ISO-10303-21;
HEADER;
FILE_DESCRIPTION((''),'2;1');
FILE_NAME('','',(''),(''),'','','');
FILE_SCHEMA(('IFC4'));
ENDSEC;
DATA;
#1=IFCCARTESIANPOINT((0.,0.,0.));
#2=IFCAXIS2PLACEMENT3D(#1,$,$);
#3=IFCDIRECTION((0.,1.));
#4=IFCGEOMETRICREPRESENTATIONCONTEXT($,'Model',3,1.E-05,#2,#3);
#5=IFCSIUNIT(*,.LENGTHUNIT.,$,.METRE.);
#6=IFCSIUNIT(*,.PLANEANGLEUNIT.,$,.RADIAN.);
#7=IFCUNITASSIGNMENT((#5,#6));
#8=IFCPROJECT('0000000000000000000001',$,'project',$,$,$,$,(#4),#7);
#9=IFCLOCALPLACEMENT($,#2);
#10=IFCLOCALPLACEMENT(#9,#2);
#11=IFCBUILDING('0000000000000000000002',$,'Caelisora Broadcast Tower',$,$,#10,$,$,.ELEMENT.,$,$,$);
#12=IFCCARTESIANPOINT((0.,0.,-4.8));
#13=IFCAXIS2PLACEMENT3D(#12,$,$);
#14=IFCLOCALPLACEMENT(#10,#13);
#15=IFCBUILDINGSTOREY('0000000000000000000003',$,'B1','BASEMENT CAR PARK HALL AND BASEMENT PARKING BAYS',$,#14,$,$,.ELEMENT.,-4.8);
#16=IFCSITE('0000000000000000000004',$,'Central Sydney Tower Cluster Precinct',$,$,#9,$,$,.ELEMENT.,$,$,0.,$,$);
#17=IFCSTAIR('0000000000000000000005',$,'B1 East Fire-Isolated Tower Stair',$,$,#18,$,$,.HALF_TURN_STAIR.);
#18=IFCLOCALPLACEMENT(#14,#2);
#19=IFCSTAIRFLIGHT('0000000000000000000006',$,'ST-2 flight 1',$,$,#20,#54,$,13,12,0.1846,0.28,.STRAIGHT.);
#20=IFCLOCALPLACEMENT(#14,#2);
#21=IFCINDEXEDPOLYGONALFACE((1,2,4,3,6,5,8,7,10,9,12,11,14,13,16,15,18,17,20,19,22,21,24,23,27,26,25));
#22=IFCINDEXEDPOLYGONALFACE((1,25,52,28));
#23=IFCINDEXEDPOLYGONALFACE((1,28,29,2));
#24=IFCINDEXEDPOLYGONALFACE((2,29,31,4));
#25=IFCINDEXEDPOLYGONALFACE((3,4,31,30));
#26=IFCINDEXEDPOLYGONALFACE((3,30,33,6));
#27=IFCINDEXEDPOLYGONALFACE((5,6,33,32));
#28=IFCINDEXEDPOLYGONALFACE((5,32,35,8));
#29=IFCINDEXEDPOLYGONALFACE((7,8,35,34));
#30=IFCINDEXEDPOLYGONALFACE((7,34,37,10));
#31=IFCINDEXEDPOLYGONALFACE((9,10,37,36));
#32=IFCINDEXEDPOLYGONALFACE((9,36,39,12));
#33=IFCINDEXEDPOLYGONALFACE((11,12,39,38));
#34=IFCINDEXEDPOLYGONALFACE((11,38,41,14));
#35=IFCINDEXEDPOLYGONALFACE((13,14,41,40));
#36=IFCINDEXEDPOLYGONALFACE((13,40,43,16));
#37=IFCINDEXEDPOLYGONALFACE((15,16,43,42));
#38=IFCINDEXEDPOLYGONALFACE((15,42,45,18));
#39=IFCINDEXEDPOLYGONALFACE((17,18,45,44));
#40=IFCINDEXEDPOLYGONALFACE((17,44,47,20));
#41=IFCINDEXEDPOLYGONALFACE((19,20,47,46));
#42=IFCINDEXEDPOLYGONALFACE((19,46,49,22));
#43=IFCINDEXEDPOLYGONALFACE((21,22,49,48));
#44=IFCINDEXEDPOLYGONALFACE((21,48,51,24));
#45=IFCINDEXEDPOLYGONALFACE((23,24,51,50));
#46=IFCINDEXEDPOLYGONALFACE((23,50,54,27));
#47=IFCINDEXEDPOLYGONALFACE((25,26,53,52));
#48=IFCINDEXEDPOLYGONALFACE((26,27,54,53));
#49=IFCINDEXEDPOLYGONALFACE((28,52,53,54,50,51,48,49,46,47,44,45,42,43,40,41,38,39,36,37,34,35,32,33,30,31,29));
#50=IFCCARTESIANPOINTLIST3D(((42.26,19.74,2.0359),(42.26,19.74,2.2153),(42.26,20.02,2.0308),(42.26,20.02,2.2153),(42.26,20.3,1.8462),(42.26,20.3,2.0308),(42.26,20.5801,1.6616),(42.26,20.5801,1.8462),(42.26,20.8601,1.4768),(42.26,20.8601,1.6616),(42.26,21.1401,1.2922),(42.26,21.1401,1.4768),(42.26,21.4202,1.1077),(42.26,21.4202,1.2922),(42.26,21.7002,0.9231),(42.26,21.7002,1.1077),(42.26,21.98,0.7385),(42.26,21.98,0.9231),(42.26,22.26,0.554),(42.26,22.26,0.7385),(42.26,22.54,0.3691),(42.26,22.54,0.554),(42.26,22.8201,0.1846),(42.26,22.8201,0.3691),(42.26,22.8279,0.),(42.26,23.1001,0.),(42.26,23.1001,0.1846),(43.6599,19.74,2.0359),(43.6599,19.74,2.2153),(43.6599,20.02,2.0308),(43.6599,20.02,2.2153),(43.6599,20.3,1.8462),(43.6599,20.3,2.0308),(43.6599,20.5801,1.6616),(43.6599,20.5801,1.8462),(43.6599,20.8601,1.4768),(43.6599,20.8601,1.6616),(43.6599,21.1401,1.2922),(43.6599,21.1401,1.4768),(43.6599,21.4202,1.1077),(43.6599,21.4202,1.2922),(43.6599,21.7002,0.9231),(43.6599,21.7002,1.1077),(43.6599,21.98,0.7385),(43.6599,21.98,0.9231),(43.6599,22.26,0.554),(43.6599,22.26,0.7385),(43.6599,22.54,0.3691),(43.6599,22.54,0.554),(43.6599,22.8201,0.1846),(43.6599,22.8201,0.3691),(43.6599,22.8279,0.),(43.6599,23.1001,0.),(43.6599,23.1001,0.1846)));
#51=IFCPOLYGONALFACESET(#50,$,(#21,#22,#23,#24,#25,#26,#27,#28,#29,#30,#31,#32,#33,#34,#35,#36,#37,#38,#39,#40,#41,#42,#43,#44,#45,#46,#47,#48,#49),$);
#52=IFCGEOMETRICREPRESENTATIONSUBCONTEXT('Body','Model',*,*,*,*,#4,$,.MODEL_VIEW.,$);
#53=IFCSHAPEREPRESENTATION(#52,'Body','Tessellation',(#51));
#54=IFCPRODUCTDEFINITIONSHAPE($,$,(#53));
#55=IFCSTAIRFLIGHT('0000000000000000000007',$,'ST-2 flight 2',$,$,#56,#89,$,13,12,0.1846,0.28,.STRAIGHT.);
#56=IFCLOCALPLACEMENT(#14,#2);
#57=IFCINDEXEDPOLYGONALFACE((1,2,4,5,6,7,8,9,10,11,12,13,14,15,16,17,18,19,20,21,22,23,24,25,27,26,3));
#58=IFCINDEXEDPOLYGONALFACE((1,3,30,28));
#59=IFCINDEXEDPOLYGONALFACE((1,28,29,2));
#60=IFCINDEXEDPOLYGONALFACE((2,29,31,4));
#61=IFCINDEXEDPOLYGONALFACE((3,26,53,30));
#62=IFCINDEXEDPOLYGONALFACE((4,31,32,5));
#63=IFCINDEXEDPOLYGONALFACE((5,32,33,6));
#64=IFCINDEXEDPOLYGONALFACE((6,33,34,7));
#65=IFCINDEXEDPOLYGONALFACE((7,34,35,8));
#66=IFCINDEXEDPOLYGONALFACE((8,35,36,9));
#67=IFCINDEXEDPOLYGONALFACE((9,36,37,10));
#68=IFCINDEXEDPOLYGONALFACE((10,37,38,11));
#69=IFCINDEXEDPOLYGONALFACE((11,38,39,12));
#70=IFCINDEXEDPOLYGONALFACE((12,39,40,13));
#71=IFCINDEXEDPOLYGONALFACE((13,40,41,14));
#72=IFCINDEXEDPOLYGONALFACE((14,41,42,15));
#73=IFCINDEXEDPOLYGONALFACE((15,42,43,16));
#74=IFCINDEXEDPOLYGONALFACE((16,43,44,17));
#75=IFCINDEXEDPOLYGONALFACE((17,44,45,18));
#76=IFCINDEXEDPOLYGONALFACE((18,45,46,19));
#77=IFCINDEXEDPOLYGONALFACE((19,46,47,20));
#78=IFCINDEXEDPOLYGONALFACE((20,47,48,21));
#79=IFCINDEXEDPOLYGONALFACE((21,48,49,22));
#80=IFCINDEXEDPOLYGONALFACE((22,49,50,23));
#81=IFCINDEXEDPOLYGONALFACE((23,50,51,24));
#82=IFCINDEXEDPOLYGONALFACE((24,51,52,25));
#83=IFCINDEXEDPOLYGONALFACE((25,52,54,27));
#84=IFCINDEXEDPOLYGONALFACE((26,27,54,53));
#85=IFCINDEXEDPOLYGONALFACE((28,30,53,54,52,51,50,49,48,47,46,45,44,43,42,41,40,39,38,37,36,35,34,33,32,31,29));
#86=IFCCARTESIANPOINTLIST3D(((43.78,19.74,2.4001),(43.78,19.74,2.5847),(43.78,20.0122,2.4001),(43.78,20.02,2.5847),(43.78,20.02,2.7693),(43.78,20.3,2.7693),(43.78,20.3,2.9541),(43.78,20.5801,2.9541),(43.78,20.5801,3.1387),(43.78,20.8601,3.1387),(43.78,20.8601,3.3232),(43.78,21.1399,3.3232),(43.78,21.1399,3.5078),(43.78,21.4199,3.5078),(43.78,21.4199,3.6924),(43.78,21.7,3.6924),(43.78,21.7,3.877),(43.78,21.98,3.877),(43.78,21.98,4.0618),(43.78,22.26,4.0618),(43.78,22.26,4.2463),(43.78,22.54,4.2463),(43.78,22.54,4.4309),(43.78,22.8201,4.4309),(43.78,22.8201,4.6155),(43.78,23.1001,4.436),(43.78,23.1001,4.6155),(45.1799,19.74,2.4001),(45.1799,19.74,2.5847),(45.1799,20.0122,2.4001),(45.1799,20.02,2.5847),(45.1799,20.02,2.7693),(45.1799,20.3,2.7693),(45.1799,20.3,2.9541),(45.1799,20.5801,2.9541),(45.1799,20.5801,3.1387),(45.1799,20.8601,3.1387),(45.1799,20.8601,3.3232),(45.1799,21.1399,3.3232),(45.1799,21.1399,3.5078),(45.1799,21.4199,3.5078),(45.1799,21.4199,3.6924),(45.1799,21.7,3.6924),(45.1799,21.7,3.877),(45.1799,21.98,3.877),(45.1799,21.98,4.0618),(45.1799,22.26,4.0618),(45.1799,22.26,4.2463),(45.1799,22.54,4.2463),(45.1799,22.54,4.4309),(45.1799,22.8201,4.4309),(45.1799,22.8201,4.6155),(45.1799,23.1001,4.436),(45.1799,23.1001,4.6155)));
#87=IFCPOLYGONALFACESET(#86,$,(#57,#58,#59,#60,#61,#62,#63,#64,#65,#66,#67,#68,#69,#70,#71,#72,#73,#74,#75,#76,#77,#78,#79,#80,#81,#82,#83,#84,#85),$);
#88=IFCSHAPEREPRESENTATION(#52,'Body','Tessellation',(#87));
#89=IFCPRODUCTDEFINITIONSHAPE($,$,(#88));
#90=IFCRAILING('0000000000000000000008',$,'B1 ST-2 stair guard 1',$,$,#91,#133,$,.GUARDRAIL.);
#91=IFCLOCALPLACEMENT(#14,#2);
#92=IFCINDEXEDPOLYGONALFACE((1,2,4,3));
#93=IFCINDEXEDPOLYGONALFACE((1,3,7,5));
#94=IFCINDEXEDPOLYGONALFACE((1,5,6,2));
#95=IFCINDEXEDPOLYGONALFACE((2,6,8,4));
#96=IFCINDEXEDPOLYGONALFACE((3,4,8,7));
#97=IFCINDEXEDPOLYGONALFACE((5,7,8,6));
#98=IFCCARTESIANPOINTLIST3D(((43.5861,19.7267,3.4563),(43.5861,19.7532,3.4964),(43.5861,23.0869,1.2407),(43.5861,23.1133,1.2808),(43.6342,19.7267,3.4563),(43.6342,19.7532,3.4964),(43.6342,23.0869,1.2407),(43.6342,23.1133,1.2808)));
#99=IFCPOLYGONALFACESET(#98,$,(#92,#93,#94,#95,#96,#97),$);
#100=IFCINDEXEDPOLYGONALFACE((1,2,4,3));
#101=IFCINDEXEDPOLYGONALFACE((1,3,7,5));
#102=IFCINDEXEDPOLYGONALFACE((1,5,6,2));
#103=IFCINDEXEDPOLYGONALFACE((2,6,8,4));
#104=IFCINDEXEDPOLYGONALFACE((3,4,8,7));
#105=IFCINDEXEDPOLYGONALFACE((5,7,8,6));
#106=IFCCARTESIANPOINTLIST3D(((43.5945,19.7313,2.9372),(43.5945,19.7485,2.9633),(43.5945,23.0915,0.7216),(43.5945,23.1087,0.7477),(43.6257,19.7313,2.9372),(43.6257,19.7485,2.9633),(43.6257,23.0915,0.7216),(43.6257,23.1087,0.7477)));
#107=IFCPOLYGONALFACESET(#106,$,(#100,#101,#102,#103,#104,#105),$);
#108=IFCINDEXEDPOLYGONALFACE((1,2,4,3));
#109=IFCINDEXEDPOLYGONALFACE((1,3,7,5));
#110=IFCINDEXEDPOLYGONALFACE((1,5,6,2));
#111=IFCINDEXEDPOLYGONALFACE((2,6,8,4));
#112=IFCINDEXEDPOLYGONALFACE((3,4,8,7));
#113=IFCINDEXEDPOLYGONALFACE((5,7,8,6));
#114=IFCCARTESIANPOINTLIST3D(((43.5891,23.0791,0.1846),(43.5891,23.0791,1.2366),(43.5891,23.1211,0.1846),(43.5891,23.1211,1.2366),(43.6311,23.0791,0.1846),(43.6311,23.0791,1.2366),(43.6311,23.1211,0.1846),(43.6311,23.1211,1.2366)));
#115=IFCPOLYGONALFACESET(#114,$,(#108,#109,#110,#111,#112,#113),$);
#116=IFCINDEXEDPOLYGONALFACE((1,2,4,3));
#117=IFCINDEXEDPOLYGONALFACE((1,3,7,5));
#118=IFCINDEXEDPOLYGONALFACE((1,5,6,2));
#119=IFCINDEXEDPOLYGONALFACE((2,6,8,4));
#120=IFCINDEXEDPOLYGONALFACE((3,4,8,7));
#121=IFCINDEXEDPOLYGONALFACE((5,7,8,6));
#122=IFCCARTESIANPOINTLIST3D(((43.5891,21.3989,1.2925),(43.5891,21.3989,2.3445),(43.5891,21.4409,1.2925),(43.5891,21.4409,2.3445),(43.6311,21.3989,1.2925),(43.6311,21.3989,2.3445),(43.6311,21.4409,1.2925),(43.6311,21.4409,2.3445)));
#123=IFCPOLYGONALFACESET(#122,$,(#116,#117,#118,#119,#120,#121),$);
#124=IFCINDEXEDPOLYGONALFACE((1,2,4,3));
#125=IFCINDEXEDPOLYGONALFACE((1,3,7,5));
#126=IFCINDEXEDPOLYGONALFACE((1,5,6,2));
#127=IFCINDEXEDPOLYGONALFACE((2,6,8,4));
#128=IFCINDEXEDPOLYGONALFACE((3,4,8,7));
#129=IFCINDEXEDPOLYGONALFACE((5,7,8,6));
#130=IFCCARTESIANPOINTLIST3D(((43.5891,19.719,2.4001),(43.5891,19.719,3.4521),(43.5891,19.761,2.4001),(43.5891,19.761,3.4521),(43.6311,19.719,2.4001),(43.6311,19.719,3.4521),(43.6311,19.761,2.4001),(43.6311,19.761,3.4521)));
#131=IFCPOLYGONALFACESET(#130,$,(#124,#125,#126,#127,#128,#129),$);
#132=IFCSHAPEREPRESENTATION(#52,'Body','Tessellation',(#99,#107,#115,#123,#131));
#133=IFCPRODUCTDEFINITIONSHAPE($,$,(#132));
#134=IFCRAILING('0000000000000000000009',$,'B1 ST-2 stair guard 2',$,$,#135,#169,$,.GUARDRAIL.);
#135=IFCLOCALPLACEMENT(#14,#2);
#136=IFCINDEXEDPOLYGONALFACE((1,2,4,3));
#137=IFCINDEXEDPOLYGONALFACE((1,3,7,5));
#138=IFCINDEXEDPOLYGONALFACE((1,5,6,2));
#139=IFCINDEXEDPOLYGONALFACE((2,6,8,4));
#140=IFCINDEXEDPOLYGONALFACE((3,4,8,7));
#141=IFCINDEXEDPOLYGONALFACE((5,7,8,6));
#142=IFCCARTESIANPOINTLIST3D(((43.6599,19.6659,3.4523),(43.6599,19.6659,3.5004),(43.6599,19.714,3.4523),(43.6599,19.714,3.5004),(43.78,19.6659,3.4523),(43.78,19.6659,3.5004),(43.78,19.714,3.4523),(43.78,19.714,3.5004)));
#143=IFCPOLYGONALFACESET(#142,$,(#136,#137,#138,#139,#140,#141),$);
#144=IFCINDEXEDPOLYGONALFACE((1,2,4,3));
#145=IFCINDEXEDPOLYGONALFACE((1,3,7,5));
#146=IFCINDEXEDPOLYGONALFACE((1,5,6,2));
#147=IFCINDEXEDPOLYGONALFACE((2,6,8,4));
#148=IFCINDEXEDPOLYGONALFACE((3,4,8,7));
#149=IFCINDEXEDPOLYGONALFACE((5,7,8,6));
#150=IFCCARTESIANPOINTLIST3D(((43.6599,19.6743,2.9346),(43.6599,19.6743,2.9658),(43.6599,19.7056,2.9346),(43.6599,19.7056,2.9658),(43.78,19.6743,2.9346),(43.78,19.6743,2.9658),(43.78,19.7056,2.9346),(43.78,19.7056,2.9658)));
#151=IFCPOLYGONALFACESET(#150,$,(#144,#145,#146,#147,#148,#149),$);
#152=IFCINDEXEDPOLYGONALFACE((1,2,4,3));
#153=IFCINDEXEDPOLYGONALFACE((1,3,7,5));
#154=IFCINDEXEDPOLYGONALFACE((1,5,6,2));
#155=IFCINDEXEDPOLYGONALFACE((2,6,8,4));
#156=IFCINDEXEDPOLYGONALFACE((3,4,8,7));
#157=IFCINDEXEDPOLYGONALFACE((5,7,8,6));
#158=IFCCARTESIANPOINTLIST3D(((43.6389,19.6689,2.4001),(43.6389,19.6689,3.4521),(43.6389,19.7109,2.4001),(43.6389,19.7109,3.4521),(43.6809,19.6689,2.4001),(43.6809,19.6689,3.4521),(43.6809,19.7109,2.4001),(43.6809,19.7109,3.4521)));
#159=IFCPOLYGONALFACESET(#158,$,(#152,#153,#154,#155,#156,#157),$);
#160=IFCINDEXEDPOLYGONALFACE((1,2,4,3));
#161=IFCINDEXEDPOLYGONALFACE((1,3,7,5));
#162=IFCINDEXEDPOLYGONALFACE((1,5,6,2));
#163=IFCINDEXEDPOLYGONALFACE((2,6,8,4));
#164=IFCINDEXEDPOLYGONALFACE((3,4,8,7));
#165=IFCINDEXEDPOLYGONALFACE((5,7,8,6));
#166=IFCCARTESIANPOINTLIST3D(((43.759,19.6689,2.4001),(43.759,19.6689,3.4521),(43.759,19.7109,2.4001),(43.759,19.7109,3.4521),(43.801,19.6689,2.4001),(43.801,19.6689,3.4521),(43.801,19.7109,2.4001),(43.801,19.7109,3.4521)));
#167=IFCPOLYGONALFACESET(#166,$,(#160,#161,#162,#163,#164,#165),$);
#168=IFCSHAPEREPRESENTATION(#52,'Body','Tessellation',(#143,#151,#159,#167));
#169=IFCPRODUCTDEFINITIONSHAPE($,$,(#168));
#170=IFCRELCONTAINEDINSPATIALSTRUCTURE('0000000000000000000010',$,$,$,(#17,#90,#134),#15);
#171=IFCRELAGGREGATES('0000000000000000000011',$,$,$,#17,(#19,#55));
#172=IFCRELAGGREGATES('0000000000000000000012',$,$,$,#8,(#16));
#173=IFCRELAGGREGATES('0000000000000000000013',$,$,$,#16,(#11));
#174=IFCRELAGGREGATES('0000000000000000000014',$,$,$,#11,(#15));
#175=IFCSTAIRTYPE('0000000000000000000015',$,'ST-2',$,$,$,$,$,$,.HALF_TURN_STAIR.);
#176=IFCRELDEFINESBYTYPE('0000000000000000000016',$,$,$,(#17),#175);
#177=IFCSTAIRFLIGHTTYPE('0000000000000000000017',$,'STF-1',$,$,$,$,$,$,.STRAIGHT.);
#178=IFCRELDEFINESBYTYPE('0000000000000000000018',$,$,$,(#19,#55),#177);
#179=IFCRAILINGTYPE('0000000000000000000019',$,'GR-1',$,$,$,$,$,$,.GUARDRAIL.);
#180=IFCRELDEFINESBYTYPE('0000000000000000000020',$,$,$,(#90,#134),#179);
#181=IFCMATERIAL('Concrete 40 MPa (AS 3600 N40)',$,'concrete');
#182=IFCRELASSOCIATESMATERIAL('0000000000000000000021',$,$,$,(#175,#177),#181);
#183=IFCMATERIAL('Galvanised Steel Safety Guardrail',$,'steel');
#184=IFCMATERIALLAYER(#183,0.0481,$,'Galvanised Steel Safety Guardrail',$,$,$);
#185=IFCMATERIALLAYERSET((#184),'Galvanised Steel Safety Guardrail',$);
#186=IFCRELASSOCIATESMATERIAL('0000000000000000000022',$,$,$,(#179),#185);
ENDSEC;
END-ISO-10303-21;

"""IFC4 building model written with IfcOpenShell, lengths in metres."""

from ifc_helpers import new_model, si_unit, direction, frame, origin, origin_2d, place, context, subcontext, project, spatial, polyline, rectangle, outline, extrude, material, layer, layer_set, type_object, element, aggregate, save


model = new_model("IFC4")

# Units and contexts
model_context = context("Model", 3, precision=1e-05, world=origin(), true_north=direction((0.0, 1.0)))
body_context = subcontext(model_context, "Body", "Model", "MODEL_VIEW")
ifc_project = project(units=[si_unit("LENGTHUNIT", "METRE"), si_unit("PLANEANGLEUNIT", "RADIAN")], contexts=[model_context])

# Site, building, storey
site_placement = place(None, origin())
site = spatial("IfcSite", under=ifc_project, at=site_placement, Name="Central Sydney Tower Cluster Precinct", CompositionType="ELEMENT", RefElevation=0.0)
building_placement = place(site_placement, origin())
building = spatial("IfcBuilding", under=site, at=building_placement, Name="Caelisora Broadcast Tower", CompositionType="ELEMENT")
storey_placement = place(building_placement, frame((0.0, 0.0, -4.8)))
storey = spatial("IfcBuildingStorey", under=building, at=storey_placement, Name="B1", Description="BASEMENT CAR PARK HALL AND BASEMENT PARKING BAYS", CompositionType="ELEMENT", Elevation=-4.8)

# Stair, stair flights
ifc_material_1 = material(Name="Concrete 40 MPa (AS 3600 N40)", Category="concrete")
stair_type = type_object("IfcStairType", Name="ST-2", PredefinedType="HALF_TURN_STAIR", material=ifc_material_1)
stair_placement = place(storey_placement, origin())
stair = element("IfcStair", 1, at=stair_placement, inside=storey, type_object=stair_type, Name="B1 East Fire-Isolated Tower Stair", PredefinedType="HALF_TURN_STAIR")
stair_flight_type = type_object("IfcStairFlightType", Name="STF-1", PredefinedType="STRAIGHT", material=ifc_material_1)
stair_flight_1_placement = place(storey_placement, frame((42.96, 23.1001, 0.0), z_axis=(0.0, 0.0, 1.0), x_axis=(0.0, -1.0, 0.0)))
stair_flight_1 = element("IfcStairFlight", 2, at=stair_flight_1_placement, type_object=stair_flight_type, Name="ST-2 flight 1", NumberOfRisers=13, NumberOfTreads=12, PredefinedType="STRAIGHT", RiserHeight=0.1846, TreadLength=0.28, context=body_context, shape_type="SweptSolid", body=[
    extrude(outline(polyline([(0.0, 0.0), (0.0, 0.1846), (0.28, 0.1846), (0.28, 0.3691), (0.5601, 0.3691), (0.5601, 0.554), (0.8401, 0.554), (0.8401, 0.7385), (1.1201, 0.7385), (1.1201, 0.9231), (1.3999, 0.9231), (1.3999, 1.1077), (1.6799, 1.1077), (1.6799, 1.2922), (1.96, 1.2922), (1.96, 1.4768), (2.24, 1.4768), (2.24, 1.6616), (2.52, 1.6616), (2.52, 1.8462), (2.8, 1.8462), (2.8, 2.0308), (3.0801, 2.0308), (3.0801, 2.2153), (3.3601, 2.2153), (3.3601, 2.3999), (3.3601, 2.0359), (0.2722, 0.0), (0.0, 0.0)])), frame((0.0, 0.7, 0.0), z_axis=(0.0, -1.0, 0.0), x_axis=(1.0, 0.0, 0.0)), (0.0, 0.0, 1.0), 1.3999),
])
stair_flight_2_placement = place(storey_placement, frame((44.48, 19.74, 2.4001), z_axis=(0.0, 0.0, 1.0), x_axis=(0.0, 1.0, 0.0)))
stair_flight_2 = element("IfcStairFlight", 3, at=stair_flight_2_placement, type_object=stair_flight_type, Name="ST-2 flight 2", NumberOfRisers=13, NumberOfTreads=12, PredefinedType="STRAIGHT", RiserHeight=0.1846, TreadLength=0.28, context=body_context, shape_type="SweptSolid", body=[
    extrude(outline(polyline([(0.0, 0.0), (0.0, 0.1846), (0.28, 0.1846), (0.28, 0.3691), (0.5601, 0.3691), (0.5601, 0.554), (0.8401, 0.554), (0.8401, 0.7385), (1.1201, 0.7385), (1.1201, 0.9231), (1.3999, 0.9231), (1.3999, 1.1077), (1.6799, 1.1077), (1.6799, 1.2922), (1.96, 1.2922), (1.96, 1.4768), (2.24, 1.4768), (2.24, 1.6616), (2.52, 1.6616), (2.52, 1.8462), (2.8, 1.8462), (2.8, 2.0308), (3.0801, 2.0308), (3.0801, 2.2153), (3.3601, 2.2153), (3.3601, 2.3999), (3.3601, 2.0359), (0.2722, 0.0), (0.0, 0.0)])), frame((0.0, 0.7, 0.0), z_axis=(0.0, -1.0, 0.0), x_axis=(1.0, 0.0, 0.0)), (0.0, 0.0, 1.0), 1.3999),
])
aggregate(stair, [stair_flight_1, stair_flight_2])

# Railings
ifc_material_2 = material(Name="Galvanised Steel Safety Guardrail", Category="steel")
ifc_layer_1 = layer(ifc_material_2, 0.0481, Name="Galvanised Steel Safety Guardrail")
ifc_layer_set_1 = layer_set([ifc_layer_1], Name="Galvanised Steel Safety Guardrail")
railing_type_1 = type_object("IfcRailingType", Name="GR-1", PredefinedType="GUARDRAIL", material=ifc_layer_set_1)
railing_1_placement = place(storey_placement, frame((43.6101, 23.1001, 0.1846)))
element("IfcRailing", 4, at=railing_1_placement, inside=storey, type_object=railing_type_1, Name="B1 ST-2 stair guard 1", PredefinedType="GUARDRAIL", context=body_context, shape_type="SweptSolid", body=[
    extrude(rectangle(XDim=0.0481, YDim=0.0481, at=origin_2d()), frame((0.0, 0.0, 1.0762), z_axis=(0.0, -0.834849, 0.55048), x_axis=(1.0, 0.0, 0.0)), (0.0, 0.0, 1.0), 4.0249),
    extrude(rectangle(XDim=0.0312, YDim=0.0312, at=origin_2d()), frame((0.0, 0.0, 0.55), z_axis=(0.0, -0.834849, 0.55048), x_axis=(1.0, 0.0, 0.0)), (0.0, 0.0, 1.0), 4.0249),
    extrude(rectangle(XDim=0.042, YDim=0.042, at=origin_2d()), origin(), (0.0, 0.0, 1.0), 1.052),
    extrude(rectangle(XDim=0.042, YDim=0.042, at=origin_2d()), frame((0.0, -1.6802, 1.1079)), (0.0, 0.0, 1.0), 1.052),
    extrude(rectangle(XDim=0.042, YDim=0.042, at=origin_2d()), frame((0.0, -3.3601, 2.2156)), (0.0, 0.0, 1.0), 1.052),
])
railing_2_placement = place(storey_placement, frame((43.6599, 19.6899, 2.4001)))
element("IfcRailing", 5, at=railing_2_placement, inside=storey, type_object=railing_type_1, Name="B1 ST-2 stair guard 2", PredefinedType="GUARDRAIL", context=body_context, shape_type="SweptSolid", body=[
    extrude(rectangle(XDim=0.0481, YDim=0.0481, at=origin_2d()), frame((0.0, 0.0, 1.0762), z_axis=(1.0, 0.0, 0.0), x_axis=(0.0, 1.0, 0.0)), (0.0, 0.0, 1.0), 0.1201),
    extrude(rectangle(XDim=0.0312, YDim=0.0312, at=origin_2d()), frame((0.0, 0.0, 0.55), z_axis=(1.0, 0.0, 0.0), x_axis=(0.0, 1.0, 0.0)), (0.0, 0.0, 1.0), 0.1201),
    extrude(rectangle(XDim=0.042, YDim=0.042, at=origin_2d()), origin(), (0.0, 0.0, 1.0), 1.052),
    extrude(rectangle(XDim=0.042, YDim=0.042, at=origin_2d()), frame((0.1201, 0.0, 0.0)), (0.0, 0.0, 1.0), 1.052),
])

save(model, "model.ifc")
